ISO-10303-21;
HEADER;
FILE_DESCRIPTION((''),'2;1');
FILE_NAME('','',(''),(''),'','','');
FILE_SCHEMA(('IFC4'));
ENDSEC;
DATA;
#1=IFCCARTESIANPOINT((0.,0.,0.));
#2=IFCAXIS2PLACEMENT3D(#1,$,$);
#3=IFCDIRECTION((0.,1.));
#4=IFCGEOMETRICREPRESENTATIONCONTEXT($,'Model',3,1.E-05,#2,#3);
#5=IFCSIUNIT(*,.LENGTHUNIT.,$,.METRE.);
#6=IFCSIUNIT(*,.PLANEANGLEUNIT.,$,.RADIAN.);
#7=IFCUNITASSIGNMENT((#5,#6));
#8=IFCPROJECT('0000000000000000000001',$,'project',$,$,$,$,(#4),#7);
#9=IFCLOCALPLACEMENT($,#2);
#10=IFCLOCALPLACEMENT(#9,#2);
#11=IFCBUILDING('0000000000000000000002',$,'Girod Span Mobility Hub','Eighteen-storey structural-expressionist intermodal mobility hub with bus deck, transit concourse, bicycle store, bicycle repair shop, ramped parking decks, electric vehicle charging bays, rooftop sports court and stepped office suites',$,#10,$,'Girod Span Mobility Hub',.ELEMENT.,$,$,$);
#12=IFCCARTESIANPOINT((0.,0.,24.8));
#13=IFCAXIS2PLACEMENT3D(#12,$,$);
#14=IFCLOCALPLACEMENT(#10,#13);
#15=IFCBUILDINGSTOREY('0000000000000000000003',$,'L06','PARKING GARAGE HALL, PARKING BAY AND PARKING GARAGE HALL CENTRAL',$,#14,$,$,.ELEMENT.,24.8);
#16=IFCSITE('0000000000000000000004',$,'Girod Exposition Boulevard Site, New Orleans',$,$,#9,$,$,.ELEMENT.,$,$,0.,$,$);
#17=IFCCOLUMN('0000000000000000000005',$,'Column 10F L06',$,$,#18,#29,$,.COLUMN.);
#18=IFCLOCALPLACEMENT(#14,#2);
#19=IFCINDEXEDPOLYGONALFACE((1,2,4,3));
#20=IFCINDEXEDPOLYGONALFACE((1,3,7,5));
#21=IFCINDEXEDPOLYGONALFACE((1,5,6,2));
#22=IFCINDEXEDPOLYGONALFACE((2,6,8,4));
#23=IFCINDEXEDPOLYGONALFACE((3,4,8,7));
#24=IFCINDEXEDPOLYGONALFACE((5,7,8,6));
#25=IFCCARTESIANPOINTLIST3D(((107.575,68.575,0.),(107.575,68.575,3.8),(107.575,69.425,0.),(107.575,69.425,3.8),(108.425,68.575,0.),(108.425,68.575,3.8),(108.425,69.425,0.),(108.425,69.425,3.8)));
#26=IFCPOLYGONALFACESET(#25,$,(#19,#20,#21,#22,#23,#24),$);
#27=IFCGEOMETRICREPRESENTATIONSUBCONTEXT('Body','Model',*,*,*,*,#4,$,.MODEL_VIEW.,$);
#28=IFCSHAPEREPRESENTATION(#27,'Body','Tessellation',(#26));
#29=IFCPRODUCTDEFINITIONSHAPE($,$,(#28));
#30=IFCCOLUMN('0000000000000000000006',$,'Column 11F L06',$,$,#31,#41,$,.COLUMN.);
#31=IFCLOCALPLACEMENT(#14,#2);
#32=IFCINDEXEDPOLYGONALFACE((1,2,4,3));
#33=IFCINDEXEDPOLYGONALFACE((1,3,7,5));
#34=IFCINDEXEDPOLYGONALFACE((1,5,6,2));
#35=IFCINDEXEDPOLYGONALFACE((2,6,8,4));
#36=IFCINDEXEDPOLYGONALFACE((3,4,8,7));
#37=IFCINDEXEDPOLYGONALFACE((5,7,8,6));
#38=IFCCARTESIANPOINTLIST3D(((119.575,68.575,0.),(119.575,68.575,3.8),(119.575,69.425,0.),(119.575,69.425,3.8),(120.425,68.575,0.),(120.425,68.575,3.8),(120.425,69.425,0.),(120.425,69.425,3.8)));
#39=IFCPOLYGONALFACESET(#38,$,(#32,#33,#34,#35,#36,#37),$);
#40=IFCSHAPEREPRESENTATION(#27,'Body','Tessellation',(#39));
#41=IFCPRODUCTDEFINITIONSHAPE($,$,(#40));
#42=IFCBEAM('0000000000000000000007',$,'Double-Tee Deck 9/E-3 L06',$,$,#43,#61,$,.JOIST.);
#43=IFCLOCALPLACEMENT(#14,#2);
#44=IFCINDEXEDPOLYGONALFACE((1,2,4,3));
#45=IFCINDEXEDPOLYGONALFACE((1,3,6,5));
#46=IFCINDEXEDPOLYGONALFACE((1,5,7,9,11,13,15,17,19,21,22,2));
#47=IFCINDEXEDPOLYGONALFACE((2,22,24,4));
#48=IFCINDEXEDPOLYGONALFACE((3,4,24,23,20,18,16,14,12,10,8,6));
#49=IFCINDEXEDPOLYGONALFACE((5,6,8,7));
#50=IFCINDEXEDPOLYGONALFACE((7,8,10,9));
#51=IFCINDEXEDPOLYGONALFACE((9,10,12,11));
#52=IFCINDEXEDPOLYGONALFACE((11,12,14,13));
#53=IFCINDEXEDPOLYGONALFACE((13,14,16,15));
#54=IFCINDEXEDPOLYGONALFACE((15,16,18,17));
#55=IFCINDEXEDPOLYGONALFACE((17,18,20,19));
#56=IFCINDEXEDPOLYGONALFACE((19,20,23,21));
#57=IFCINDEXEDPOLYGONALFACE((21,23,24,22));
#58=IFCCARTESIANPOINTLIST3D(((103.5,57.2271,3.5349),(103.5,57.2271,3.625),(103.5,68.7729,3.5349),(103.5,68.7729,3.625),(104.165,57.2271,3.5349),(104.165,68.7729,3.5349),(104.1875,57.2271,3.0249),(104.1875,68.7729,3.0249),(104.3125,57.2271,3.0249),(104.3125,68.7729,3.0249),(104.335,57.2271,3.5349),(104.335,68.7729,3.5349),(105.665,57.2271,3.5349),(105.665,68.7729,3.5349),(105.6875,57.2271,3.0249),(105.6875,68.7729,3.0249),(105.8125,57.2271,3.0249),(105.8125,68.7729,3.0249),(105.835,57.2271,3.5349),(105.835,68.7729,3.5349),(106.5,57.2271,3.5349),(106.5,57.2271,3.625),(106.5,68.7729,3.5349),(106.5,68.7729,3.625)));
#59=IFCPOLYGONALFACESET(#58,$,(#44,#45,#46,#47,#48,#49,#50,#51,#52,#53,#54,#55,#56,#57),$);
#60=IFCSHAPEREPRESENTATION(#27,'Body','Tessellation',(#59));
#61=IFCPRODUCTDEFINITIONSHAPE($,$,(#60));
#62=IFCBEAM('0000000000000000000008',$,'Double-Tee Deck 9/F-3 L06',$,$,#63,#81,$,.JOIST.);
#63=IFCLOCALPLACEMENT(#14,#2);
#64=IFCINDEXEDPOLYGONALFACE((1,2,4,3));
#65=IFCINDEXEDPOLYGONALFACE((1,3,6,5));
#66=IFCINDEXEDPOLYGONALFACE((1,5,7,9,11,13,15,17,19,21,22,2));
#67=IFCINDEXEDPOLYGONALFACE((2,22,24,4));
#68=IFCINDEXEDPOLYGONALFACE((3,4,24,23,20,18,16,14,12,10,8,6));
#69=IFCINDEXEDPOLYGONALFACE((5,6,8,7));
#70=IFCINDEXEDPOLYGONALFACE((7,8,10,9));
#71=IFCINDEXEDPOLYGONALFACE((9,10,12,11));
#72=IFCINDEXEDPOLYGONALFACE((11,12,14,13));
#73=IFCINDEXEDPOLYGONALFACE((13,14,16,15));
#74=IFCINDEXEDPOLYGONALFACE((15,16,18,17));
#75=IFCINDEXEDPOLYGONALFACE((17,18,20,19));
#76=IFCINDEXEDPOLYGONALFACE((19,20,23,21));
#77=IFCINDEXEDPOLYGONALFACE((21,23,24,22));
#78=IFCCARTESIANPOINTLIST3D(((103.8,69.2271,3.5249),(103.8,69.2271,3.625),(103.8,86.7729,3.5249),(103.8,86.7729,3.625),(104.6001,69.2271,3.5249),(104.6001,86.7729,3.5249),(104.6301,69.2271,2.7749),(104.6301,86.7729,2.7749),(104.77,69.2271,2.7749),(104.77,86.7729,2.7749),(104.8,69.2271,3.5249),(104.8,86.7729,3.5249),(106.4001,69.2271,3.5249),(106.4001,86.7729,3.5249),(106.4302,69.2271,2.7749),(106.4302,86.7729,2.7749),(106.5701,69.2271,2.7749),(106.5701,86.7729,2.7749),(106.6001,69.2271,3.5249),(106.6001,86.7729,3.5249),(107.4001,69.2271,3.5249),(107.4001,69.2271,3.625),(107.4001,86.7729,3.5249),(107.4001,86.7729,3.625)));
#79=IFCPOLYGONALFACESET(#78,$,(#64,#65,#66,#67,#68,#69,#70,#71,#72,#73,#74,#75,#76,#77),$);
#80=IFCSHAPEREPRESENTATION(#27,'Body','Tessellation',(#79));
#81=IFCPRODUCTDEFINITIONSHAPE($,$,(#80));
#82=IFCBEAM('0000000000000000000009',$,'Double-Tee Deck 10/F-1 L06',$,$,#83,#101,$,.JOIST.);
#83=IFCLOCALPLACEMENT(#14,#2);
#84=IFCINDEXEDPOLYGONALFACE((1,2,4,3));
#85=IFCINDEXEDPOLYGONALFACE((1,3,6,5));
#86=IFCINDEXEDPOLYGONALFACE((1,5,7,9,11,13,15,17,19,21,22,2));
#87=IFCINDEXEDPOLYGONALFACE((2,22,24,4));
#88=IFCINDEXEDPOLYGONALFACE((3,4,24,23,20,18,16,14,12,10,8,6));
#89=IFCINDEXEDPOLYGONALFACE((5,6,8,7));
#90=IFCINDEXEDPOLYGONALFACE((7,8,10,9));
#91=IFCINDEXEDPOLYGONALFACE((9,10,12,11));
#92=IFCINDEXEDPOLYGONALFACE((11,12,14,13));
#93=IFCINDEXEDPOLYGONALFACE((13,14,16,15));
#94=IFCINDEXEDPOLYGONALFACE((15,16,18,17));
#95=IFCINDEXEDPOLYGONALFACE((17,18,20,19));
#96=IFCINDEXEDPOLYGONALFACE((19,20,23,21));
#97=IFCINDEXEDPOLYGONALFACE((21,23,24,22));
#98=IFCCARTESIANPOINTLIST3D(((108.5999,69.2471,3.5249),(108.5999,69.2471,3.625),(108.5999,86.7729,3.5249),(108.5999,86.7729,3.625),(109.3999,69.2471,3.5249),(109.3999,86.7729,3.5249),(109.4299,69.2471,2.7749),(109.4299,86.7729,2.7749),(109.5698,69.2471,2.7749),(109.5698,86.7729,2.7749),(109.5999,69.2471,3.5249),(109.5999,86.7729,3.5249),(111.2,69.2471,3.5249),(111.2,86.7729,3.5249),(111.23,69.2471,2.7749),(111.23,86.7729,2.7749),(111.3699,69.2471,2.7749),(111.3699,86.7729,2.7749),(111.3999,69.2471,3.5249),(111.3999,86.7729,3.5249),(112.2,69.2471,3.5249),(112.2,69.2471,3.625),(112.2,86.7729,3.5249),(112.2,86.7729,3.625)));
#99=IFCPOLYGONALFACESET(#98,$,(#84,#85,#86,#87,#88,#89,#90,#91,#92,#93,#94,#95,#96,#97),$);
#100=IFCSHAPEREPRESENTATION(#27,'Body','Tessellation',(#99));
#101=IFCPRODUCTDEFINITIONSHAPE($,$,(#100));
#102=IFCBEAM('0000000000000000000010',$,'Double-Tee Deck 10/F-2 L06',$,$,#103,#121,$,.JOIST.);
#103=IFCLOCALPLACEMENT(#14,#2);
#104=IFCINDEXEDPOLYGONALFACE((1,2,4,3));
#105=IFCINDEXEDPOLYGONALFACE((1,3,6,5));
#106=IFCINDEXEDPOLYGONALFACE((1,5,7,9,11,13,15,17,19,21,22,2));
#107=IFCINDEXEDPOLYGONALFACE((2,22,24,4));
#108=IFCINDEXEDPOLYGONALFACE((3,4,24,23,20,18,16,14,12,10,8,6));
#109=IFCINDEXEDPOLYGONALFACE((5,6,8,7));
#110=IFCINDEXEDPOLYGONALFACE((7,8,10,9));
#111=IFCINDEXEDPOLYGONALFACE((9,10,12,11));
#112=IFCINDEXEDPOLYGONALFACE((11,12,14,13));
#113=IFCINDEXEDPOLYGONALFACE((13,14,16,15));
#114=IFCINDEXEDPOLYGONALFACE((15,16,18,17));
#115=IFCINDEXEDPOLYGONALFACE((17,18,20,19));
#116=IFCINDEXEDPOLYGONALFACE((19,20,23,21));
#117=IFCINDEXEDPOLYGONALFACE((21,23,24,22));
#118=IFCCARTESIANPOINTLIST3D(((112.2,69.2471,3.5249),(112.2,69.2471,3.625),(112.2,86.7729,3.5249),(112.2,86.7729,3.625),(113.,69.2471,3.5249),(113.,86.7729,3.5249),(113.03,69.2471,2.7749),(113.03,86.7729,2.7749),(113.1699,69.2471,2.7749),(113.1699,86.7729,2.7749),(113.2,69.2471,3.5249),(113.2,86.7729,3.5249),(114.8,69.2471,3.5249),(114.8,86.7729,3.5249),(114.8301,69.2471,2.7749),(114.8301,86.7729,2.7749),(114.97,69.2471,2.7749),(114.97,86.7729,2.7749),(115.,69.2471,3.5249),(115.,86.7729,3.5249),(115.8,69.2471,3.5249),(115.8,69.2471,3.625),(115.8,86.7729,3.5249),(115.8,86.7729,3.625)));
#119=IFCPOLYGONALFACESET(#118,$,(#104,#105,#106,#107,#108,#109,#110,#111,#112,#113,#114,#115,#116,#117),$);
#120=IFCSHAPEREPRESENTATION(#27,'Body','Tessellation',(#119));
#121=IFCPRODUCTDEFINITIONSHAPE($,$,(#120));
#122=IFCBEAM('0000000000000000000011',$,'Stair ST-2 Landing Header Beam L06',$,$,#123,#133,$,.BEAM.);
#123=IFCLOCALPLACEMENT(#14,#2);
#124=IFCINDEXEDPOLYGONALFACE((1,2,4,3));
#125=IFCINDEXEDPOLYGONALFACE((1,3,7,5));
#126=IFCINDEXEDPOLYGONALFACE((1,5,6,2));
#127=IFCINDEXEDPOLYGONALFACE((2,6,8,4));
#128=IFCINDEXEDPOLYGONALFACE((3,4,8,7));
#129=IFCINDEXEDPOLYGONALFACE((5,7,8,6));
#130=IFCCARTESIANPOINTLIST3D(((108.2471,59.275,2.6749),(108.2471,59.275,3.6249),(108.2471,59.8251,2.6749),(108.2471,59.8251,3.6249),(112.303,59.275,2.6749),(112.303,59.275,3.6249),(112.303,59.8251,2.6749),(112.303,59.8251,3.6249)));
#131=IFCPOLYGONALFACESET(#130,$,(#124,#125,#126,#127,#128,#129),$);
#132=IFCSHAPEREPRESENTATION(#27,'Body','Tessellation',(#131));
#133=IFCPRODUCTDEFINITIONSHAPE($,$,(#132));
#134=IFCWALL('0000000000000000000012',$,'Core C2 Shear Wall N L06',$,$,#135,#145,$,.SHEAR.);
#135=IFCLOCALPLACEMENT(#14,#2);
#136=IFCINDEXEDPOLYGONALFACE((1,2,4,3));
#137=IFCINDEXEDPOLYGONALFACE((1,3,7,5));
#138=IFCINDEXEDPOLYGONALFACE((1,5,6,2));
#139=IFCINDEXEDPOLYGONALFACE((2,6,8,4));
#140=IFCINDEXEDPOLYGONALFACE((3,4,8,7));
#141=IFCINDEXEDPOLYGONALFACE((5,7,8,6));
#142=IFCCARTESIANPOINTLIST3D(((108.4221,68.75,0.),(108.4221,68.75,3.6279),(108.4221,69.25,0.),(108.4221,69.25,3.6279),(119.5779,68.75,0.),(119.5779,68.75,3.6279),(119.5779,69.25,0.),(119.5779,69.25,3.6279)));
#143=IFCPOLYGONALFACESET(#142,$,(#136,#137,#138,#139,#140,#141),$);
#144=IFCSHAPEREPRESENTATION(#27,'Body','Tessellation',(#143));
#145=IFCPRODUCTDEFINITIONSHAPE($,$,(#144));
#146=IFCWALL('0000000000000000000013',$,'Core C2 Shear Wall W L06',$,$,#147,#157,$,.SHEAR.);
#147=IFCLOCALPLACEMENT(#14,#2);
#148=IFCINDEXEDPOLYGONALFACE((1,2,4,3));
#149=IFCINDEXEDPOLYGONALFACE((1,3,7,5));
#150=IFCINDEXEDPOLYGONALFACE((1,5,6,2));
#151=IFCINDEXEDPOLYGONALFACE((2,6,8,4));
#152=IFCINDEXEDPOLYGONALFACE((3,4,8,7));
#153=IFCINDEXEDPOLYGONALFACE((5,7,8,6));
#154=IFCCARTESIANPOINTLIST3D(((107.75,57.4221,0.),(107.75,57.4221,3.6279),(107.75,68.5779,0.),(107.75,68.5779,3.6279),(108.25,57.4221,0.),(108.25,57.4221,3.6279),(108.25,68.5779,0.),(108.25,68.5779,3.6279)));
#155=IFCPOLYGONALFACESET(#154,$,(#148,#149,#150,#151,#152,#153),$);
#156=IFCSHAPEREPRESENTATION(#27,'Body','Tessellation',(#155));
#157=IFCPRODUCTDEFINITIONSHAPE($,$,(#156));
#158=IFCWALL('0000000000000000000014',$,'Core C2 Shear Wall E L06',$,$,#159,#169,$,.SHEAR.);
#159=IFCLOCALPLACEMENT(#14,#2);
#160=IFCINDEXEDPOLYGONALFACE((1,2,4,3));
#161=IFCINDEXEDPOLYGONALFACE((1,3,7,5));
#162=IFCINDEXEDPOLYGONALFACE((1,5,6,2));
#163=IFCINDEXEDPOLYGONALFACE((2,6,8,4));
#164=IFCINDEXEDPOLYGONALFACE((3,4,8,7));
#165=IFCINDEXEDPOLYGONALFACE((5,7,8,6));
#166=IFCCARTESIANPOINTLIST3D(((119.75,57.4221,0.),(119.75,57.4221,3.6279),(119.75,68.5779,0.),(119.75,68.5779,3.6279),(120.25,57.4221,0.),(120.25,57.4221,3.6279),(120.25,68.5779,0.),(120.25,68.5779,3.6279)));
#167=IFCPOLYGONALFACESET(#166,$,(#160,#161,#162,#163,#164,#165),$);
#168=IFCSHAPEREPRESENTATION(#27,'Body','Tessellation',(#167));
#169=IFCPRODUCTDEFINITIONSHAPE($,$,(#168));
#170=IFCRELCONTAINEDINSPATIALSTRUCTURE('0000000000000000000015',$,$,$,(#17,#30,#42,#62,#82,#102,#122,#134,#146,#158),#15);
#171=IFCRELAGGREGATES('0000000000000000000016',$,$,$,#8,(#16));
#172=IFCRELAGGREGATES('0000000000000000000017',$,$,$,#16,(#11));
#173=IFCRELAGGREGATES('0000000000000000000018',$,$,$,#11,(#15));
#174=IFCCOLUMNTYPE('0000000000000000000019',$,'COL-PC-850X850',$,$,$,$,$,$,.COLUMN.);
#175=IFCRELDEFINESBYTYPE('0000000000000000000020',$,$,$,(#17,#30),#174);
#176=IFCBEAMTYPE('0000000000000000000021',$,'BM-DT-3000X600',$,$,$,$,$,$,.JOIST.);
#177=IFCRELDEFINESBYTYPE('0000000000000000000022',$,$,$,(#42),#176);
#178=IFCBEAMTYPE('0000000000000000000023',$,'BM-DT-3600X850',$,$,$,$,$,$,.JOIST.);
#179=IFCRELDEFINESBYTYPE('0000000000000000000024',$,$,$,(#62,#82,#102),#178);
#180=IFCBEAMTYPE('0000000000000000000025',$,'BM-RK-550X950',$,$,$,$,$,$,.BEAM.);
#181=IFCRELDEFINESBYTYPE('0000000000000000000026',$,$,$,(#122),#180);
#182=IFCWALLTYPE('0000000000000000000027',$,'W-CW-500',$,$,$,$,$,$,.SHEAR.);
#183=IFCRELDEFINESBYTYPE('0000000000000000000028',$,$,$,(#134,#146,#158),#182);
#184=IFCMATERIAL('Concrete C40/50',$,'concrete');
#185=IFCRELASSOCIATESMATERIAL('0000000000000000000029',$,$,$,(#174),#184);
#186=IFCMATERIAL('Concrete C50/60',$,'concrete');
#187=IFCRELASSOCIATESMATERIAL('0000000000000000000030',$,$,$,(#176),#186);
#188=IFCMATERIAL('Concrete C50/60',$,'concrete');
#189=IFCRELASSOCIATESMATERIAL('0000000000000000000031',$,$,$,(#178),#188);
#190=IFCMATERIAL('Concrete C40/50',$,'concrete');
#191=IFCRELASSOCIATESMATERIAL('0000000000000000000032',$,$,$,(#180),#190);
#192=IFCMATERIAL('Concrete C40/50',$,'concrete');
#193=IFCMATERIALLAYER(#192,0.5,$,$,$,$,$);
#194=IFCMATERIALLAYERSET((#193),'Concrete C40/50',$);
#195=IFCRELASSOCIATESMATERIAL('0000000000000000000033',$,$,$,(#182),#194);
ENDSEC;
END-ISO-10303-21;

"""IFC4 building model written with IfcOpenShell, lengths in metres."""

from ifc_helpers import new_model, si_unit, direction, frame, frame_2d, origin, origin_2d, place, context, subcontext, project, spatial, polyline, rectangle, outline, extrude, material, layer, layer_set, material_profile, profile_set, type_object, element, save


model = new_model("IFC4")

# Units and contexts
model_context = context("Model", 3, precision=1e-05, world=origin(), true_north=direction((0.0, 1.0)))
body_context = subcontext(model_context, "Body", "Model", "MODEL_VIEW")
ifc_project = project(units=[si_unit("LENGTHUNIT", "METRE"), si_unit("PLANEANGLEUNIT", "RADIAN")], contexts=[model_context])

# Site, building, storey
site_placement = place(None, origin())
site = spatial("IfcSite", under=ifc_project, at=site_placement, Name="Girod Exposition Boulevard Site, New Orleans", CompositionType="ELEMENT", RefElevation=0.0)
building_placement = place(site_placement, origin())
building = spatial("IfcBuilding", under=site, at=building_placement, Name="Girod Span Mobility Hub", Description="Eighteen-storey structural-expressionist intermodal mobility hub with bus deck, transit concourse, bicycle store, bicycle repair shop, ramped parking decks, electric vehicle charging bays, rooftop sports court and stepped office suites", LongName="Girod Span Mobility Hub", CompositionType="ELEMENT")
storey_placement = place(building_placement, frame((0.0, 0.0, 24.8)))
storey = spatial("IfcBuildingStorey", under=building, at=storey_placement, Name="L06", Description="PARKING GARAGE HALL, PARKING BAY AND PARKING GARAGE HALL CENTRAL", CompositionType="ELEMENT", Elevation=24.8)

# Columns
ifc_material_1 = material(Name="Concrete C40/50", Category="concrete")
ifc_material_profile_1 = material_profile(ifc_material_1, rectangle(XDim=0.8501, YDim=0.8501, at=origin_2d()), Name="PC-COL-850X850")
ifc_profile_set_1 = profile_set([ifc_material_profile_1], Name="Concrete C40/50")
column_type = type_object("IfcColumnType", Name="COL-PC-850X850", PredefinedType="COLUMN", material=ifc_profile_set_1)
for number, where, z_axis, x_axis, name in (
    (1, (108.0, 69.0, 0.0), (0.0, 0.0, 1.0), (1.0, 0.0, 0.0), "Column 10F L06"),
    (2, (120.0, 69.0, 0.0), (0.0, 0.0, 1.0), (1.0, 0.0, 0.0), "Column 11F L06"),
):
    element("IfcColumn", number, at=place(storey_placement, frame(where, z_axis=z_axis, x_axis=x_axis)), inside=storey, type_object=column_type, Name=name, PredefinedType="COLUMN", context=body_context, shape_type="SweptSolid", body=[
        extrude(rectangle(XDim=0.8501, YDim=0.8501, at=origin_2d()), origin(), (0.0, 0.0, 1.0), 3.8),
    ])

# Beams
ifc_material_2 = material(Name="Concrete C50/60", Category="concrete")
ifc_material_profile_2 = material_profile(ifc_material_2, outline(polyline([(-1.5, 0.3), (-1.5, 0.21), (-0.835, 0.21), (-0.8125, -0.3), (-0.6875, -0.3), (-0.665, 0.21), (0.665, 0.21), (0.6875, -0.3), (0.8125, -0.3), (0.835, 0.21), (1.5, 0.21), (1.5, 0.3), (-1.5, 0.3)])), Name="DT-3000X600")
ifc_profile_set_2 = profile_set([ifc_material_profile_2], Name="Concrete C50/60")
beam_type_1 = type_object("IfcBeamType", Name="BM-DT-3000X600", PredefinedType="JOIST", material=ifc_profile_set_2)
beam_1_placement = place(storey_placement, frame((105.0, 57.2271, 3.325), z_axis=(0.0, 1.0, 0.0), x_axis=(-1.0, 0.0, 0.0)))
element("IfcBeam", 3, at=beam_1_placement, inside=storey, type_object=beam_type_1, Name="Double-Tee Deck 9/E-3 L06", PredefinedType="JOIST", context=body_context, shape_type="SweptSolid", body=[
    extrude(outline(polyline([(-1.5, 0.3), (-1.5, 0.21), (-0.835, 0.21), (-0.8125, -0.3), (-0.6875, -0.3), (-0.665, 0.21), (0.665, 0.21), (0.6875, -0.3), (0.8125, -0.3), (0.835, 0.21), (1.5, 0.21), (1.5, 0.3), (-1.5, 0.3)])), origin(), (0.0, 0.0, 1.0), 11.5459),
])
ifc_material_3 = material(Name="Concrete C50/60", Category="concrete")
ifc_material_profile_3 = material_profile(ifc_material_3, outline(polyline([(-1.8, 0.425), (-1.8, 0.325), (-1.0, 0.325), (-0.97, -0.425), (-0.8301, -0.425), (-0.8, 0.325), (0.8, 0.325), (0.8301, -0.425), (0.97, -0.425), (1.0, 0.325), (1.8, 0.325), (1.8, 0.425), (-1.8, 0.425)])), Name="DT-3600X850")
ifc_profile_set_3 = profile_set([ifc_material_profile_3], Name="Concrete C50/60")
beam_type_2 = type_object("IfcBeamType", Name="BM-DT-3600X850", PredefinedType="JOIST", material=ifc_profile_set_3)
beam_2_placement = place(storey_placement, frame((105.6001, 69.2271, 3.2), z_axis=(0.0, 1.0, 0.0), x_axis=(-1.0, 0.0, 0.0)))
element("IfcBeam", 4, at=beam_2_placement, inside=storey, type_object=beam_type_2, Name="Double-Tee Deck 9/F-3 L06", PredefinedType="JOIST", context=body_context, shape_type="SweptSolid", body=[
    extrude(outline(polyline([(-1.8, 0.425), (-1.8, 0.325), (-1.0, 0.325), (-0.97, -0.425), (-0.8301, -0.425), (-0.8, 0.325), (0.8, 0.325), (0.8301, -0.425), (0.97, -0.425), (1.0, 0.325), (1.8, 0.325), (1.8, 0.425), (-1.8, 0.425)])), origin(), (0.0, 0.0, 1.0), 17.5459),
])
for number, where, z_axis, x_axis, name in (
    (5, (110.3999, 69.2471, 3.2), (0.0, 1.0, 0.0), (-1.0, 0.0, 0.0), "Double-Tee Deck 10/F-1 L06"),
    (6, (114.0, 69.2471, 3.2), (0.0, 1.0, 0.0), (-1.0, 0.0, 0.0), "Double-Tee Deck 10/F-2 L06"),
):
    element("IfcBeam", number, at=place(storey_placement, frame(where, z_axis=z_axis, x_axis=x_axis)), inside=storey, type_object=beam_type_2, Name=name, PredefinedType="JOIST", context=body_context, shape_type="SweptSolid", body=[
        extrude(outline(polyline([(-1.8, 0.425), (-1.8, 0.325), (-1.0, 0.325), (-0.97, -0.425), (-0.8301, -0.425), (-0.8, 0.325), (0.8, 0.325), (0.8301, -0.425), (0.97, -0.425), (1.0, 0.325), (1.8, 0.325), (1.8, 0.425), (-1.8, 0.425)])), origin(), (0.0, 0.0, 1.0), 17.5259),
    ])
ifc_material_4 = material(Name="Concrete C40/50", Category="concrete")
ifc_material_profile_4 = material_profile(ifc_material_4, rectangle(XDim=0.55, YDim=0.95, at=origin_2d()), Name="RK-550X950")
ifc_profile_set_4 = profile_set([ifc_material_profile_4], Name="Concrete C40/50")
beam_type_3 = type_object("IfcBeamType", Name="BM-RK-550X950", PredefinedType="BEAM", material=ifc_profile_set_4)
beam_3_placement = place(storey_placement, frame((108.2471, 59.55, 3.1499), z_axis=(1.0, 0.0, 0.0), x_axis=(0.0, 1.0, 0.0)))
element("IfcBeam", 7, at=beam_3_placement, inside=storey, type_object=beam_type_3, Name="Stair ST-2 Landing Header Beam L06", PredefinedType="BEAM", context=body_context, shape_type="SweptSolid", body=[
    extrude(rectangle(XDim=0.55, YDim=0.95, at=origin_2d()), origin(), (0.0, 0.0, 1.0), 4.0559),
])

# Walls
ifc_material_5 = material(Name="Concrete C40/50", Category="concrete")
ifc_layer_1 = layer(ifc_material_5, 0.5)
ifc_layer_set_1 = layer_set([ifc_layer_1], Name="Concrete C40/50")
wall_type_1 = type_object("IfcWallType", Name="W-CW-500", PredefinedType="SHEAR", material=ifc_layer_set_1)
for number, where, z_axis, x_axis, name in (
    (8, (108.4221, 69.0, 0.0), (0.0, 0.0, 1.0), (1.0, 0.0, 0.0), "Core C2 Shear Wall N L06"),
    (9, (108.0, 57.4221, 0.0), (0.0, 0.0, 1.0), (0.0, 1.0, 0.0), "Core C2 Shear Wall W L06"),
    (10, (120.0, 57.4221, 0.0), (0.0, 0.0, 1.0), (0.0, 1.0, 0.0), "Core C2 Shear Wall E L06"),
):
    element("IfcWall", number, at=place(storey_placement, frame(where, z_axis=z_axis, x_axis=x_axis)), inside=storey, type_object=wall_type_1, Name=name, PredefinedType="SHEAR", context=body_context, shape_type="SweptSolid", body=[
        extrude(rectangle(XDim=11.1558, YDim=0.5, at=frame_2d((5.5779, 0.0))), origin(), (0.0, 0.0, 1.0), 3.6279),
    ])

save(model, "model.ifc")
